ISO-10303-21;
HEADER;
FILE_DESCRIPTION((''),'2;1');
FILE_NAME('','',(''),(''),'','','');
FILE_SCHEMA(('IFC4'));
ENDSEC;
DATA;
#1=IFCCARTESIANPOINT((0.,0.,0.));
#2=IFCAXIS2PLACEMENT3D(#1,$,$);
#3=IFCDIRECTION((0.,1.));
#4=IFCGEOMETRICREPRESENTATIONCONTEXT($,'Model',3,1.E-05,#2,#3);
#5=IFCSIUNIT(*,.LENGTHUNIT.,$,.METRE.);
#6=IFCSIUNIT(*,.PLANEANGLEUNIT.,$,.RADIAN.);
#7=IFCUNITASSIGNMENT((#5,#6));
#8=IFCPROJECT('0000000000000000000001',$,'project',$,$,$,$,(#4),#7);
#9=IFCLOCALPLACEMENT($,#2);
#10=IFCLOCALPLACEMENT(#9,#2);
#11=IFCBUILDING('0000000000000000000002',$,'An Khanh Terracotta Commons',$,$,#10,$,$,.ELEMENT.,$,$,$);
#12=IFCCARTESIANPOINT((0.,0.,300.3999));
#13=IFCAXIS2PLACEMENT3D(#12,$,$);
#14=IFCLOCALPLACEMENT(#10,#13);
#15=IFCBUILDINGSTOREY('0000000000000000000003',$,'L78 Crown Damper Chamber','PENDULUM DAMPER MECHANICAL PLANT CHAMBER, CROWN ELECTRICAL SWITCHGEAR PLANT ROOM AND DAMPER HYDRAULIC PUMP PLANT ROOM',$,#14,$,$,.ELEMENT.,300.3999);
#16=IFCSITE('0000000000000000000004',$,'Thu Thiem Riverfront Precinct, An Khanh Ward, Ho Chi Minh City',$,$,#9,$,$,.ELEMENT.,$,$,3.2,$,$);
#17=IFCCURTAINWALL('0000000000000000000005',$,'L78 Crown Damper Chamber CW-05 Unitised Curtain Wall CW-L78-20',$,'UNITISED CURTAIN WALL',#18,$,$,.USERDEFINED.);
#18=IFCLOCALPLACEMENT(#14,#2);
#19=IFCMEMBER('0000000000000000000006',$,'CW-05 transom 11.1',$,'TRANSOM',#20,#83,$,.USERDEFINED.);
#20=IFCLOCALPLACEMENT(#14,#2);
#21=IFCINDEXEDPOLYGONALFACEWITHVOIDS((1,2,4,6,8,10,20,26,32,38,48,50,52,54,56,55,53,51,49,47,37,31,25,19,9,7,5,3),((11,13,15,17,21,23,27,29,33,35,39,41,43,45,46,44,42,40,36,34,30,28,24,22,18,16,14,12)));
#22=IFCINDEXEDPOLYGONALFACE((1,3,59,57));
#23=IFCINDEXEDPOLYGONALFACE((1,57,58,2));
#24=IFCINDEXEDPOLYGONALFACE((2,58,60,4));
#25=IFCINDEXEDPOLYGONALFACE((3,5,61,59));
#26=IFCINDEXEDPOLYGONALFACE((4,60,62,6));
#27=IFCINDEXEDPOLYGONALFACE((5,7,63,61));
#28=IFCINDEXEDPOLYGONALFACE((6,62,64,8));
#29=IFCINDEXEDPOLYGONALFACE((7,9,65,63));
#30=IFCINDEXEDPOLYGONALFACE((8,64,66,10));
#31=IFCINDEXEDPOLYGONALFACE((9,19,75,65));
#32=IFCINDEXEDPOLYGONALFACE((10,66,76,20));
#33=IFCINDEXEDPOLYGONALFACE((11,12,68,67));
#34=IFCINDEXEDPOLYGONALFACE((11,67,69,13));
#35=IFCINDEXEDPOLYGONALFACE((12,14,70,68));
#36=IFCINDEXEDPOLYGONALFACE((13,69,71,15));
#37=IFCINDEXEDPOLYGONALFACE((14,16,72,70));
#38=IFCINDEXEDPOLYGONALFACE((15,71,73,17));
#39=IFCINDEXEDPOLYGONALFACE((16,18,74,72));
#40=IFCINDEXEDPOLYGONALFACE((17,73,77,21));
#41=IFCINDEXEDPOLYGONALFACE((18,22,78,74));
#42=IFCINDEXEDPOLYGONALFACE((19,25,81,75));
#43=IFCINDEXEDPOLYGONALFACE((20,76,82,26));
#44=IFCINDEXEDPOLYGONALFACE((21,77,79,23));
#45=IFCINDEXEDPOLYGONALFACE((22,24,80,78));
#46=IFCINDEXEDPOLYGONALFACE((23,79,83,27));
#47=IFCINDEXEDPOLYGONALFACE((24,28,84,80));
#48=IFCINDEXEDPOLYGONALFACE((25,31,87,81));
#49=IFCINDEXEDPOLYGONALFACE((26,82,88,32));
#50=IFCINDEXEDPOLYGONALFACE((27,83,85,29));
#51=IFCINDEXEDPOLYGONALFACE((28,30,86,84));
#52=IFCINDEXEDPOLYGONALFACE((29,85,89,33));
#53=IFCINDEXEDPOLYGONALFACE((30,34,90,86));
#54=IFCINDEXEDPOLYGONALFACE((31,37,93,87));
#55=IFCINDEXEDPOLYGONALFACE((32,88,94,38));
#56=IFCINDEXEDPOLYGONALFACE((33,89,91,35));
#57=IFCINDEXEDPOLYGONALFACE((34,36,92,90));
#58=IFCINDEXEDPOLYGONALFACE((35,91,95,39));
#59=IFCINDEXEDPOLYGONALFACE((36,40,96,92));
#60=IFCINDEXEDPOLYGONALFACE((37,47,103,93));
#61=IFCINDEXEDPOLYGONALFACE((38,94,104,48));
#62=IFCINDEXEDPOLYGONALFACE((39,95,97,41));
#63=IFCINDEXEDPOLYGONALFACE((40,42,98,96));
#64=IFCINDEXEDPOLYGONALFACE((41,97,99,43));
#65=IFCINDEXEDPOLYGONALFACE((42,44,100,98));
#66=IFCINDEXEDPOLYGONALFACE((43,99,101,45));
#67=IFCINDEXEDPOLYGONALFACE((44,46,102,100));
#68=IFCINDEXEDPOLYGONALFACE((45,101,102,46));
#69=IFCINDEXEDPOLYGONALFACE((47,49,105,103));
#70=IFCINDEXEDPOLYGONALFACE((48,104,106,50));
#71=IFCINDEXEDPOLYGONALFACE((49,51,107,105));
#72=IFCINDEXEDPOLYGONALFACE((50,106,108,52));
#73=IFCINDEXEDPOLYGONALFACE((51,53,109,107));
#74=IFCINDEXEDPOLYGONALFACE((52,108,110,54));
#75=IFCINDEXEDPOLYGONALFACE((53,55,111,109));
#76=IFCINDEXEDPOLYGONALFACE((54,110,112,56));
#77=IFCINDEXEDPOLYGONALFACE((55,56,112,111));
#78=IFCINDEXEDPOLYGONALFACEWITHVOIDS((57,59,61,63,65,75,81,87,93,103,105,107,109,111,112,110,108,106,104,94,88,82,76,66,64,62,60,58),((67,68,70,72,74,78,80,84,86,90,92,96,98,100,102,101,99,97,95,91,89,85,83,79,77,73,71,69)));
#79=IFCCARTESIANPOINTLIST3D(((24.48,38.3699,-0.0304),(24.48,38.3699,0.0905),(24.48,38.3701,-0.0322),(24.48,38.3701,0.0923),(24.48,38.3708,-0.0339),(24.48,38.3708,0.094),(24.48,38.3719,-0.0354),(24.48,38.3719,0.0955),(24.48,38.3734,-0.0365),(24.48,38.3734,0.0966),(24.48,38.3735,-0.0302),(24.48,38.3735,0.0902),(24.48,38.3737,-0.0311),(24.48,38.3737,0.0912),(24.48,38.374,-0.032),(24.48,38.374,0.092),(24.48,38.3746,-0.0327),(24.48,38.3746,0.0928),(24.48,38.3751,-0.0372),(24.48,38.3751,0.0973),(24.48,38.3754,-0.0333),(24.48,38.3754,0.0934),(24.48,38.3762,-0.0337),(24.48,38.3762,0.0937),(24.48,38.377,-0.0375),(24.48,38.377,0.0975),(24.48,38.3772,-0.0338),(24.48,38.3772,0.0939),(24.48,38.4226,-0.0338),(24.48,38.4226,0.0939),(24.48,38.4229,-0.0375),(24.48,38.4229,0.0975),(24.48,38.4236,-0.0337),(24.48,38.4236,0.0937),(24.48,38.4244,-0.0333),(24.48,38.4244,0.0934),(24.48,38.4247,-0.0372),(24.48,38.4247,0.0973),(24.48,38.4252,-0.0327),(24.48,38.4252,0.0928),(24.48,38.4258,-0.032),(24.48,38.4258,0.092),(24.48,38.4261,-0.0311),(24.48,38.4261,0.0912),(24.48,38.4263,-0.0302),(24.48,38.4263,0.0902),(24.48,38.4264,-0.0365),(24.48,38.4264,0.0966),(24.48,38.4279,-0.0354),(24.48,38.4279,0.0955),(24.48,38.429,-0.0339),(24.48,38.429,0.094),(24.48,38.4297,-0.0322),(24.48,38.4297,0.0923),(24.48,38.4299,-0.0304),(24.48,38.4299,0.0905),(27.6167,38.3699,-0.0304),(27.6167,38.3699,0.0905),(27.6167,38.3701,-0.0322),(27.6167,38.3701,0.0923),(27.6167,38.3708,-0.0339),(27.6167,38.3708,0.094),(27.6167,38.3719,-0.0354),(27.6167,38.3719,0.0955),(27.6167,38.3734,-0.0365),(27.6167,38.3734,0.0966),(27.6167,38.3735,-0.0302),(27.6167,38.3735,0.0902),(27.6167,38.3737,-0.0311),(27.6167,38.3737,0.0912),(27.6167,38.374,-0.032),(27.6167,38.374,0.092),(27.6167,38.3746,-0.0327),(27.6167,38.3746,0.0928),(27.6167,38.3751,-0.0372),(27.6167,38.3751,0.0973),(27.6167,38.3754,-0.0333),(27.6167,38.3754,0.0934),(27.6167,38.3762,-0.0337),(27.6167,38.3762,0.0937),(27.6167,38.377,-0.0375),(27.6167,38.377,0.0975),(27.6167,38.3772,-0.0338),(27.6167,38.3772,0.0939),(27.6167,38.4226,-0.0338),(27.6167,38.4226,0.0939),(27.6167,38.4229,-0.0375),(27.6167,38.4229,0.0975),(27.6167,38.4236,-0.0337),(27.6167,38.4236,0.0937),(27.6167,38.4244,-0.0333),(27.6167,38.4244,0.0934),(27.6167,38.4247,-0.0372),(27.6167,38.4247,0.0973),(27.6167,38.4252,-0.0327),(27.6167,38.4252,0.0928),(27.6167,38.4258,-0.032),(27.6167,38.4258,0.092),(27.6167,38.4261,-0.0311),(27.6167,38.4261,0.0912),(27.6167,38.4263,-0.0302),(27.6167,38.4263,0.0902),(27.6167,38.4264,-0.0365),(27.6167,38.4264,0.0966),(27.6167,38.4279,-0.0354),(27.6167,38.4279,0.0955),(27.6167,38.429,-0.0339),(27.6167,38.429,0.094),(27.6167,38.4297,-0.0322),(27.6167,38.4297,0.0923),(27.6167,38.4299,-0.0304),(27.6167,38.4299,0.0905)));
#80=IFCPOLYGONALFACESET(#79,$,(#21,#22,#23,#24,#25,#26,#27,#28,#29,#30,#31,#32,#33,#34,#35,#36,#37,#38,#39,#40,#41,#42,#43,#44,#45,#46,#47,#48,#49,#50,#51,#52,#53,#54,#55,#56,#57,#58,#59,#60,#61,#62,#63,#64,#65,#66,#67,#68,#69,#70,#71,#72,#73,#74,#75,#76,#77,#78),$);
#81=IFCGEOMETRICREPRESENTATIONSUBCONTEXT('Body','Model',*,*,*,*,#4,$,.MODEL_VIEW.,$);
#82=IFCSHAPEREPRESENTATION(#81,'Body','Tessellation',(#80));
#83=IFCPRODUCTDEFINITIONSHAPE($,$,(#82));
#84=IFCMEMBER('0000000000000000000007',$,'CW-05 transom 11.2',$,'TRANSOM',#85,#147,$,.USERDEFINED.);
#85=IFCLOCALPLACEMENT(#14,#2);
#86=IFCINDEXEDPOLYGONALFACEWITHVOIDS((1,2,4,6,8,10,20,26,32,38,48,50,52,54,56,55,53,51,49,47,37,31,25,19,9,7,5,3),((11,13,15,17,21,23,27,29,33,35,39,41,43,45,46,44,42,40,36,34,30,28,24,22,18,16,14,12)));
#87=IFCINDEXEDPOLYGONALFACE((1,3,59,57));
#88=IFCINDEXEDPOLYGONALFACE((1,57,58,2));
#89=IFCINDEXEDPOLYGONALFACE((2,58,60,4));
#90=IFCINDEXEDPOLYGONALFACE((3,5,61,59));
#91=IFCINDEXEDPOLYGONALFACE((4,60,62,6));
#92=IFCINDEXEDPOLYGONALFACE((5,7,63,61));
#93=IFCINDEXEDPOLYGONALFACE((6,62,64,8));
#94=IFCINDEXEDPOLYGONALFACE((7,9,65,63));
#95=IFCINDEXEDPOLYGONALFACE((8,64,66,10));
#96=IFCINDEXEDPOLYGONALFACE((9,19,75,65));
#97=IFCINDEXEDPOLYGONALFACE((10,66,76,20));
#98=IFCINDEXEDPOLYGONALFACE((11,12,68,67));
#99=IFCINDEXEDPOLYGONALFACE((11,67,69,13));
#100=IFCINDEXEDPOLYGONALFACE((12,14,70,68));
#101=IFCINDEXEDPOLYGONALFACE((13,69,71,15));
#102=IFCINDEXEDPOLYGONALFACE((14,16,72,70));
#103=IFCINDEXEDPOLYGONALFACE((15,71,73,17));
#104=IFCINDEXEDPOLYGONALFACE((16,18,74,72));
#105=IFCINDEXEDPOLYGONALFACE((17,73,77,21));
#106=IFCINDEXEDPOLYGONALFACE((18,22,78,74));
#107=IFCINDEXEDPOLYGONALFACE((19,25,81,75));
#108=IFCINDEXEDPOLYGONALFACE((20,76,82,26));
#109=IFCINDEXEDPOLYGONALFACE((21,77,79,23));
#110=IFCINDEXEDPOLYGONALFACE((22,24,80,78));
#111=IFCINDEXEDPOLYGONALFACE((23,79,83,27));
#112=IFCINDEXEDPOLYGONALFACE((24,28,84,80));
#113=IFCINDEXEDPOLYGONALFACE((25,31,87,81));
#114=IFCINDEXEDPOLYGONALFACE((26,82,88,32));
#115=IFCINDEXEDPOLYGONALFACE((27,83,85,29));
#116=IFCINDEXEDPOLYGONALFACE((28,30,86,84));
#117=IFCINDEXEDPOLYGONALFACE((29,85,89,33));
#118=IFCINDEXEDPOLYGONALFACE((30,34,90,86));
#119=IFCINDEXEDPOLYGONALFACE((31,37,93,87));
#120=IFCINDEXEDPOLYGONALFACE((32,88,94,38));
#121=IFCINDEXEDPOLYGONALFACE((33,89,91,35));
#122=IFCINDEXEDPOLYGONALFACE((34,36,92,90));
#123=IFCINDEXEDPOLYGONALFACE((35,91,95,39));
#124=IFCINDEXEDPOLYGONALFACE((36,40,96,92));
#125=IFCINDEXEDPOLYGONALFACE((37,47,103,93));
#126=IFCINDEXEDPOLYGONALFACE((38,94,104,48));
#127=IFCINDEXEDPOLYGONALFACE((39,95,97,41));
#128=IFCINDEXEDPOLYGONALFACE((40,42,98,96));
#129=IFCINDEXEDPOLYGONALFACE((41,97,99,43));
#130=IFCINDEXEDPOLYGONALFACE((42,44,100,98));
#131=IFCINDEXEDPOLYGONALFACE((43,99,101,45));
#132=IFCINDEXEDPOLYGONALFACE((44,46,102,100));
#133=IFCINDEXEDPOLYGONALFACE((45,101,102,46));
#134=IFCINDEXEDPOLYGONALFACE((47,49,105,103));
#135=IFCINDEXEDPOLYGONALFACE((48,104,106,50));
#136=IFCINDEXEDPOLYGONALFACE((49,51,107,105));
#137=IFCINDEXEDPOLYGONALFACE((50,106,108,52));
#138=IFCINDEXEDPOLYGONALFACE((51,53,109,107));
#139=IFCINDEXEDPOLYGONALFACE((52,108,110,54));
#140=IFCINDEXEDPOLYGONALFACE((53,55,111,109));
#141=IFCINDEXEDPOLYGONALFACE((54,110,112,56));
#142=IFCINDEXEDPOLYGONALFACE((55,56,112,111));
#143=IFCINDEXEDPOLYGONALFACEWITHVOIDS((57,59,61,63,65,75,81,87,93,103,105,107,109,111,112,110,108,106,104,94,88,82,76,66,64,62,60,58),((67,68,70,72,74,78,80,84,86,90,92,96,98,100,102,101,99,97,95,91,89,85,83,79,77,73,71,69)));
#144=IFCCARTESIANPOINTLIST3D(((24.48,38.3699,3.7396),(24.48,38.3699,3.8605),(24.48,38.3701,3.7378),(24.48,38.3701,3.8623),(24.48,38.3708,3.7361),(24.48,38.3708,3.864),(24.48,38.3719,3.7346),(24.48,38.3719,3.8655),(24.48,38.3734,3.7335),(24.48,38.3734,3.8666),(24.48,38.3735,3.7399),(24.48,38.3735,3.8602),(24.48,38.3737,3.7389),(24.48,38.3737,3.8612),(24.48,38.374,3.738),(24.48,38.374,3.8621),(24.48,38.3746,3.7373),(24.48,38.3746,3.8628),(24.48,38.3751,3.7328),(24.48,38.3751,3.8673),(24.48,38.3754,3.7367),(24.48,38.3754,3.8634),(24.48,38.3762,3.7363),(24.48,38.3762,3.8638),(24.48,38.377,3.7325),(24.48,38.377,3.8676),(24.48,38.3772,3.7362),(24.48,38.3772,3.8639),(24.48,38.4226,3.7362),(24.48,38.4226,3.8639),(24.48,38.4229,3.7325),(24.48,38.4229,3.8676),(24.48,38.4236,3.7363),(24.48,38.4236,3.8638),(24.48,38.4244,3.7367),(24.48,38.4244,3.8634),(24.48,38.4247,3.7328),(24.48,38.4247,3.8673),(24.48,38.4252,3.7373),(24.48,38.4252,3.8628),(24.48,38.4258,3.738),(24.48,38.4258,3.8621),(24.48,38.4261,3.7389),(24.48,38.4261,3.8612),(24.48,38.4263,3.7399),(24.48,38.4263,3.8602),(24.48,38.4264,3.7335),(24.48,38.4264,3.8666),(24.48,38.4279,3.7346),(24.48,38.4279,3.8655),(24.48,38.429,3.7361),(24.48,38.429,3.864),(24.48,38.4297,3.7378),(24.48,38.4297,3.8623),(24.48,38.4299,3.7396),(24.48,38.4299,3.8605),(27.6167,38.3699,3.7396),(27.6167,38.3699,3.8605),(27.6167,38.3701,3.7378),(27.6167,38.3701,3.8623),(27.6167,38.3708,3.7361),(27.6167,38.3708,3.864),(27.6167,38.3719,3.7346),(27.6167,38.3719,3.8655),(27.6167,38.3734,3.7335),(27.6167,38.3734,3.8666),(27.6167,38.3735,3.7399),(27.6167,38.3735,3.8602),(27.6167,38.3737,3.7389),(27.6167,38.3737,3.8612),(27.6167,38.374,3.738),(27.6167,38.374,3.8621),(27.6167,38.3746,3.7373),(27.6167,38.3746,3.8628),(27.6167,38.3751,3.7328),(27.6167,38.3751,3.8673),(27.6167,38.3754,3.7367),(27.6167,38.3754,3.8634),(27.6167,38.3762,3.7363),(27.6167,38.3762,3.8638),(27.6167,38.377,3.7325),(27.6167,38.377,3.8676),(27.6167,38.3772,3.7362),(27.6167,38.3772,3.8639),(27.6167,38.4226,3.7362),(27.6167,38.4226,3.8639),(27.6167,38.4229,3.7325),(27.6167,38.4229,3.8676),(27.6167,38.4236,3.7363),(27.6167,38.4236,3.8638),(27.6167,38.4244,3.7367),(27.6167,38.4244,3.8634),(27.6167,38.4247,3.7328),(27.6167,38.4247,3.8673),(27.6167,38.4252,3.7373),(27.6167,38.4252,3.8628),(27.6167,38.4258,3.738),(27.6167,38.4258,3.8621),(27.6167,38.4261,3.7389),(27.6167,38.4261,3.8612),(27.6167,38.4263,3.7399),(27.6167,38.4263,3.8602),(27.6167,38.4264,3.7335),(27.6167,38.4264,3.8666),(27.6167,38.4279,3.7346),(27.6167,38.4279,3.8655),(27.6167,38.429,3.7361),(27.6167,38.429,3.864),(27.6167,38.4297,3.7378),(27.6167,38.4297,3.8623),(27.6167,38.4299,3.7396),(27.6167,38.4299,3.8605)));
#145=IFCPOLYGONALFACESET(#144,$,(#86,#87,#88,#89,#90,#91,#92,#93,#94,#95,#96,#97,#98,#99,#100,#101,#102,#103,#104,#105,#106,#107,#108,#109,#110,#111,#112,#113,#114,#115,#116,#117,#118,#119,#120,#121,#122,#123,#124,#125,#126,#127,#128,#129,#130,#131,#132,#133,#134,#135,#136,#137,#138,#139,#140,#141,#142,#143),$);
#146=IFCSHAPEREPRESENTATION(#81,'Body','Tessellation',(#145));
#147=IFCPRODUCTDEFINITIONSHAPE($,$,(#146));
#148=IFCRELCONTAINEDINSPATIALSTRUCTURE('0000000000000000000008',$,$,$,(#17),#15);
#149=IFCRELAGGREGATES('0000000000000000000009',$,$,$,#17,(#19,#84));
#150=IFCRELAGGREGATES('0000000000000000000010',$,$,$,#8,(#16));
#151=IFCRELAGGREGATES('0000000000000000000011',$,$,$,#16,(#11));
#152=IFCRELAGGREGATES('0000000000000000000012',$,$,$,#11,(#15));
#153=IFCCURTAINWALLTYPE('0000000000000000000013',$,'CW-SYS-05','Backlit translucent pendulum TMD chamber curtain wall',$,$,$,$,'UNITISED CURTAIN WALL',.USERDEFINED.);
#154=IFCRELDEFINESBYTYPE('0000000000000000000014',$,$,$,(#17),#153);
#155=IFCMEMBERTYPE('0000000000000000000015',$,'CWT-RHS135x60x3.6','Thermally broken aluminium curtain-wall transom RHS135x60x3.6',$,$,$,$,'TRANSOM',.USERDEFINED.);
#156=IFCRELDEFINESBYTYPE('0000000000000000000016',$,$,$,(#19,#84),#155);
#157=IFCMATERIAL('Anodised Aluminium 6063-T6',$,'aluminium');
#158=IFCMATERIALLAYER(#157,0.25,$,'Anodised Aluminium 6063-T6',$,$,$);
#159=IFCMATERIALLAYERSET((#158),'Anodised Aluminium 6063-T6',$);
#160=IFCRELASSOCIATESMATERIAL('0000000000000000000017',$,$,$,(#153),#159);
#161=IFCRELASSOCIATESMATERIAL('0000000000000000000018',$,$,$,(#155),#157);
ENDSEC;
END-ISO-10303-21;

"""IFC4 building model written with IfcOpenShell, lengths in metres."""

from ifc_helpers import new_model, si_unit, direction, frame, origin, origin_2d, place, context, subcontext, project, spatial, hollow_rectangle, extrude, material, layer, layer_set, material_profile, profile_set, type_object, element, aggregate, save


model = new_model("IFC4")

# Units and contexts
model_context = context("Model", 3, precision=1e-05, world=origin(), true_north=direction((0.0, 1.0)))
body_context = subcontext(model_context, "Body", "Model", "MODEL_VIEW")
ifc_project = project(units=[si_unit("LENGTHUNIT", "METRE"), si_unit("PLANEANGLEUNIT", "RADIAN")], contexts=[model_context])

# Site, building, storey
site_placement = place(None, origin())
site = spatial("IfcSite", under=ifc_project, at=site_placement, Name="Thu Thiem Riverfront Precinct, An Khanh Ward, Ho Chi Minh City", CompositionType="ELEMENT", RefElevation=3.2)
building_placement = place(site_placement, origin())
building = spatial("IfcBuilding", under=site, at=building_placement, Name="An Khanh Terracotta Commons", CompositionType="ELEMENT")
storey_placement = place(building_placement, frame((0.0, 0.0, 300.3999)))
storey = spatial("IfcBuildingStorey", under=building, at=storey_placement, Name="L78 Crown Damper Chamber", Description="PENDULUM DAMPER MECHANICAL PLANT CHAMBER, CROWN ELECTRICAL SWITCHGEAR PLANT ROOM AND DAMPER HYDRAULIC PUMP PLANT ROOM", CompositionType="ELEMENT", Elevation=300.3999)

# Curtain wall
ifc_material_1 = material(Name="Anodised Aluminium 6063-T6", Category="aluminium")
ifc_layer_1 = layer(ifc_material_1, 0.25, Name="Anodised Aluminium 6063-T6")
ifc_layer_set_1 = layer_set([ifc_layer_1], Name="Anodised Aluminium 6063-T6")
curtain_wall_type = type_object("IfcCurtainWallType", Name="CW-SYS-05", Description="Backlit translucent pendulum TMD chamber curtain wall", ElementType="UNITISED CURTAIN WALL", PredefinedType="USERDEFINED", material=ifc_layer_set_1)
curtain_wall_1_placement = place(storey_placement, origin())
curtain_wall_1 = element("IfcCurtainWall", 1, at=curtain_wall_1_placement, inside=storey, type_object=curtain_wall_type, Name="L78 Crown Damper Chamber CW-05 Unitised Curtain Wall CW-L78-20", ObjectType="UNITISED CURTAIN WALL", PredefinedType="USERDEFINED")

# Members
ifc_material_profile_1 = material_profile(ifc_material_1, hollow_rectangle(XDim=0.0601, YDim=0.135, WallThickness=0.0037, InnerFilletRadius=0.0037, OuterFilletRadius=0.0071, at=origin_2d()), Name="RHS135x60x3.6")
ifc_profile_set_1 = profile_set([ifc_material_profile_1], Name="Anodised Aluminium 6063-T6")
member_type_1 = type_object("IfcMemberType", Name="CWT-RHS135x60x3.6", Description="Thermally broken aluminium curtain-wall transom RHS135x60x3.6", ElementType="TRANSOM", PredefinedType="USERDEFINED", material=ifc_profile_set_1)
member_1_placement = place(storey_placement, frame((27.6167, 38.3999, 0.03), z_axis=(-1.0, 0.0, 0.0), x_axis=(0.0, -1.0, 0.0)))
member_1 = element("IfcMember", 2, at=member_1_placement, type_object=member_type_1, Name="CW-05 transom 11.1", ObjectType="TRANSOM", PredefinedType="USERDEFINED", context=body_context, shape_type="SweptSolid", body=[
    extrude(hollow_rectangle(XDim=0.0601, YDim=0.135, WallThickness=0.0037, InnerFilletRadius=0.0037, OuterFilletRadius=0.0071, at=origin_2d()), origin(), (0.0, 0.0, 1.0), 3.1367),
])
member_2_placement = place(storey_placement, frame((27.6167, 38.3999, 3.8), z_axis=(-1.0, 0.0, 0.0), x_axis=(0.0, -1.0, 0.0)))
member_2 = element("IfcMember", 3, at=member_2_placement, type_object=member_type_1, Name="CW-05 transom 11.2", ObjectType="TRANSOM", PredefinedType="USERDEFINED", context=body_context, shape_type="SweptSolid", body=[
    extrude(hollow_rectangle(XDim=0.0601, YDim=0.135, WallThickness=0.0037, InnerFilletRadius=0.0037, OuterFilletRadius=0.0071, at=origin_2d()), origin(), (0.0, 0.0, 1.0), 3.1367),
])

aggregate(curtain_wall_1, [member_1, member_2])

save(model, "model.ifc")
